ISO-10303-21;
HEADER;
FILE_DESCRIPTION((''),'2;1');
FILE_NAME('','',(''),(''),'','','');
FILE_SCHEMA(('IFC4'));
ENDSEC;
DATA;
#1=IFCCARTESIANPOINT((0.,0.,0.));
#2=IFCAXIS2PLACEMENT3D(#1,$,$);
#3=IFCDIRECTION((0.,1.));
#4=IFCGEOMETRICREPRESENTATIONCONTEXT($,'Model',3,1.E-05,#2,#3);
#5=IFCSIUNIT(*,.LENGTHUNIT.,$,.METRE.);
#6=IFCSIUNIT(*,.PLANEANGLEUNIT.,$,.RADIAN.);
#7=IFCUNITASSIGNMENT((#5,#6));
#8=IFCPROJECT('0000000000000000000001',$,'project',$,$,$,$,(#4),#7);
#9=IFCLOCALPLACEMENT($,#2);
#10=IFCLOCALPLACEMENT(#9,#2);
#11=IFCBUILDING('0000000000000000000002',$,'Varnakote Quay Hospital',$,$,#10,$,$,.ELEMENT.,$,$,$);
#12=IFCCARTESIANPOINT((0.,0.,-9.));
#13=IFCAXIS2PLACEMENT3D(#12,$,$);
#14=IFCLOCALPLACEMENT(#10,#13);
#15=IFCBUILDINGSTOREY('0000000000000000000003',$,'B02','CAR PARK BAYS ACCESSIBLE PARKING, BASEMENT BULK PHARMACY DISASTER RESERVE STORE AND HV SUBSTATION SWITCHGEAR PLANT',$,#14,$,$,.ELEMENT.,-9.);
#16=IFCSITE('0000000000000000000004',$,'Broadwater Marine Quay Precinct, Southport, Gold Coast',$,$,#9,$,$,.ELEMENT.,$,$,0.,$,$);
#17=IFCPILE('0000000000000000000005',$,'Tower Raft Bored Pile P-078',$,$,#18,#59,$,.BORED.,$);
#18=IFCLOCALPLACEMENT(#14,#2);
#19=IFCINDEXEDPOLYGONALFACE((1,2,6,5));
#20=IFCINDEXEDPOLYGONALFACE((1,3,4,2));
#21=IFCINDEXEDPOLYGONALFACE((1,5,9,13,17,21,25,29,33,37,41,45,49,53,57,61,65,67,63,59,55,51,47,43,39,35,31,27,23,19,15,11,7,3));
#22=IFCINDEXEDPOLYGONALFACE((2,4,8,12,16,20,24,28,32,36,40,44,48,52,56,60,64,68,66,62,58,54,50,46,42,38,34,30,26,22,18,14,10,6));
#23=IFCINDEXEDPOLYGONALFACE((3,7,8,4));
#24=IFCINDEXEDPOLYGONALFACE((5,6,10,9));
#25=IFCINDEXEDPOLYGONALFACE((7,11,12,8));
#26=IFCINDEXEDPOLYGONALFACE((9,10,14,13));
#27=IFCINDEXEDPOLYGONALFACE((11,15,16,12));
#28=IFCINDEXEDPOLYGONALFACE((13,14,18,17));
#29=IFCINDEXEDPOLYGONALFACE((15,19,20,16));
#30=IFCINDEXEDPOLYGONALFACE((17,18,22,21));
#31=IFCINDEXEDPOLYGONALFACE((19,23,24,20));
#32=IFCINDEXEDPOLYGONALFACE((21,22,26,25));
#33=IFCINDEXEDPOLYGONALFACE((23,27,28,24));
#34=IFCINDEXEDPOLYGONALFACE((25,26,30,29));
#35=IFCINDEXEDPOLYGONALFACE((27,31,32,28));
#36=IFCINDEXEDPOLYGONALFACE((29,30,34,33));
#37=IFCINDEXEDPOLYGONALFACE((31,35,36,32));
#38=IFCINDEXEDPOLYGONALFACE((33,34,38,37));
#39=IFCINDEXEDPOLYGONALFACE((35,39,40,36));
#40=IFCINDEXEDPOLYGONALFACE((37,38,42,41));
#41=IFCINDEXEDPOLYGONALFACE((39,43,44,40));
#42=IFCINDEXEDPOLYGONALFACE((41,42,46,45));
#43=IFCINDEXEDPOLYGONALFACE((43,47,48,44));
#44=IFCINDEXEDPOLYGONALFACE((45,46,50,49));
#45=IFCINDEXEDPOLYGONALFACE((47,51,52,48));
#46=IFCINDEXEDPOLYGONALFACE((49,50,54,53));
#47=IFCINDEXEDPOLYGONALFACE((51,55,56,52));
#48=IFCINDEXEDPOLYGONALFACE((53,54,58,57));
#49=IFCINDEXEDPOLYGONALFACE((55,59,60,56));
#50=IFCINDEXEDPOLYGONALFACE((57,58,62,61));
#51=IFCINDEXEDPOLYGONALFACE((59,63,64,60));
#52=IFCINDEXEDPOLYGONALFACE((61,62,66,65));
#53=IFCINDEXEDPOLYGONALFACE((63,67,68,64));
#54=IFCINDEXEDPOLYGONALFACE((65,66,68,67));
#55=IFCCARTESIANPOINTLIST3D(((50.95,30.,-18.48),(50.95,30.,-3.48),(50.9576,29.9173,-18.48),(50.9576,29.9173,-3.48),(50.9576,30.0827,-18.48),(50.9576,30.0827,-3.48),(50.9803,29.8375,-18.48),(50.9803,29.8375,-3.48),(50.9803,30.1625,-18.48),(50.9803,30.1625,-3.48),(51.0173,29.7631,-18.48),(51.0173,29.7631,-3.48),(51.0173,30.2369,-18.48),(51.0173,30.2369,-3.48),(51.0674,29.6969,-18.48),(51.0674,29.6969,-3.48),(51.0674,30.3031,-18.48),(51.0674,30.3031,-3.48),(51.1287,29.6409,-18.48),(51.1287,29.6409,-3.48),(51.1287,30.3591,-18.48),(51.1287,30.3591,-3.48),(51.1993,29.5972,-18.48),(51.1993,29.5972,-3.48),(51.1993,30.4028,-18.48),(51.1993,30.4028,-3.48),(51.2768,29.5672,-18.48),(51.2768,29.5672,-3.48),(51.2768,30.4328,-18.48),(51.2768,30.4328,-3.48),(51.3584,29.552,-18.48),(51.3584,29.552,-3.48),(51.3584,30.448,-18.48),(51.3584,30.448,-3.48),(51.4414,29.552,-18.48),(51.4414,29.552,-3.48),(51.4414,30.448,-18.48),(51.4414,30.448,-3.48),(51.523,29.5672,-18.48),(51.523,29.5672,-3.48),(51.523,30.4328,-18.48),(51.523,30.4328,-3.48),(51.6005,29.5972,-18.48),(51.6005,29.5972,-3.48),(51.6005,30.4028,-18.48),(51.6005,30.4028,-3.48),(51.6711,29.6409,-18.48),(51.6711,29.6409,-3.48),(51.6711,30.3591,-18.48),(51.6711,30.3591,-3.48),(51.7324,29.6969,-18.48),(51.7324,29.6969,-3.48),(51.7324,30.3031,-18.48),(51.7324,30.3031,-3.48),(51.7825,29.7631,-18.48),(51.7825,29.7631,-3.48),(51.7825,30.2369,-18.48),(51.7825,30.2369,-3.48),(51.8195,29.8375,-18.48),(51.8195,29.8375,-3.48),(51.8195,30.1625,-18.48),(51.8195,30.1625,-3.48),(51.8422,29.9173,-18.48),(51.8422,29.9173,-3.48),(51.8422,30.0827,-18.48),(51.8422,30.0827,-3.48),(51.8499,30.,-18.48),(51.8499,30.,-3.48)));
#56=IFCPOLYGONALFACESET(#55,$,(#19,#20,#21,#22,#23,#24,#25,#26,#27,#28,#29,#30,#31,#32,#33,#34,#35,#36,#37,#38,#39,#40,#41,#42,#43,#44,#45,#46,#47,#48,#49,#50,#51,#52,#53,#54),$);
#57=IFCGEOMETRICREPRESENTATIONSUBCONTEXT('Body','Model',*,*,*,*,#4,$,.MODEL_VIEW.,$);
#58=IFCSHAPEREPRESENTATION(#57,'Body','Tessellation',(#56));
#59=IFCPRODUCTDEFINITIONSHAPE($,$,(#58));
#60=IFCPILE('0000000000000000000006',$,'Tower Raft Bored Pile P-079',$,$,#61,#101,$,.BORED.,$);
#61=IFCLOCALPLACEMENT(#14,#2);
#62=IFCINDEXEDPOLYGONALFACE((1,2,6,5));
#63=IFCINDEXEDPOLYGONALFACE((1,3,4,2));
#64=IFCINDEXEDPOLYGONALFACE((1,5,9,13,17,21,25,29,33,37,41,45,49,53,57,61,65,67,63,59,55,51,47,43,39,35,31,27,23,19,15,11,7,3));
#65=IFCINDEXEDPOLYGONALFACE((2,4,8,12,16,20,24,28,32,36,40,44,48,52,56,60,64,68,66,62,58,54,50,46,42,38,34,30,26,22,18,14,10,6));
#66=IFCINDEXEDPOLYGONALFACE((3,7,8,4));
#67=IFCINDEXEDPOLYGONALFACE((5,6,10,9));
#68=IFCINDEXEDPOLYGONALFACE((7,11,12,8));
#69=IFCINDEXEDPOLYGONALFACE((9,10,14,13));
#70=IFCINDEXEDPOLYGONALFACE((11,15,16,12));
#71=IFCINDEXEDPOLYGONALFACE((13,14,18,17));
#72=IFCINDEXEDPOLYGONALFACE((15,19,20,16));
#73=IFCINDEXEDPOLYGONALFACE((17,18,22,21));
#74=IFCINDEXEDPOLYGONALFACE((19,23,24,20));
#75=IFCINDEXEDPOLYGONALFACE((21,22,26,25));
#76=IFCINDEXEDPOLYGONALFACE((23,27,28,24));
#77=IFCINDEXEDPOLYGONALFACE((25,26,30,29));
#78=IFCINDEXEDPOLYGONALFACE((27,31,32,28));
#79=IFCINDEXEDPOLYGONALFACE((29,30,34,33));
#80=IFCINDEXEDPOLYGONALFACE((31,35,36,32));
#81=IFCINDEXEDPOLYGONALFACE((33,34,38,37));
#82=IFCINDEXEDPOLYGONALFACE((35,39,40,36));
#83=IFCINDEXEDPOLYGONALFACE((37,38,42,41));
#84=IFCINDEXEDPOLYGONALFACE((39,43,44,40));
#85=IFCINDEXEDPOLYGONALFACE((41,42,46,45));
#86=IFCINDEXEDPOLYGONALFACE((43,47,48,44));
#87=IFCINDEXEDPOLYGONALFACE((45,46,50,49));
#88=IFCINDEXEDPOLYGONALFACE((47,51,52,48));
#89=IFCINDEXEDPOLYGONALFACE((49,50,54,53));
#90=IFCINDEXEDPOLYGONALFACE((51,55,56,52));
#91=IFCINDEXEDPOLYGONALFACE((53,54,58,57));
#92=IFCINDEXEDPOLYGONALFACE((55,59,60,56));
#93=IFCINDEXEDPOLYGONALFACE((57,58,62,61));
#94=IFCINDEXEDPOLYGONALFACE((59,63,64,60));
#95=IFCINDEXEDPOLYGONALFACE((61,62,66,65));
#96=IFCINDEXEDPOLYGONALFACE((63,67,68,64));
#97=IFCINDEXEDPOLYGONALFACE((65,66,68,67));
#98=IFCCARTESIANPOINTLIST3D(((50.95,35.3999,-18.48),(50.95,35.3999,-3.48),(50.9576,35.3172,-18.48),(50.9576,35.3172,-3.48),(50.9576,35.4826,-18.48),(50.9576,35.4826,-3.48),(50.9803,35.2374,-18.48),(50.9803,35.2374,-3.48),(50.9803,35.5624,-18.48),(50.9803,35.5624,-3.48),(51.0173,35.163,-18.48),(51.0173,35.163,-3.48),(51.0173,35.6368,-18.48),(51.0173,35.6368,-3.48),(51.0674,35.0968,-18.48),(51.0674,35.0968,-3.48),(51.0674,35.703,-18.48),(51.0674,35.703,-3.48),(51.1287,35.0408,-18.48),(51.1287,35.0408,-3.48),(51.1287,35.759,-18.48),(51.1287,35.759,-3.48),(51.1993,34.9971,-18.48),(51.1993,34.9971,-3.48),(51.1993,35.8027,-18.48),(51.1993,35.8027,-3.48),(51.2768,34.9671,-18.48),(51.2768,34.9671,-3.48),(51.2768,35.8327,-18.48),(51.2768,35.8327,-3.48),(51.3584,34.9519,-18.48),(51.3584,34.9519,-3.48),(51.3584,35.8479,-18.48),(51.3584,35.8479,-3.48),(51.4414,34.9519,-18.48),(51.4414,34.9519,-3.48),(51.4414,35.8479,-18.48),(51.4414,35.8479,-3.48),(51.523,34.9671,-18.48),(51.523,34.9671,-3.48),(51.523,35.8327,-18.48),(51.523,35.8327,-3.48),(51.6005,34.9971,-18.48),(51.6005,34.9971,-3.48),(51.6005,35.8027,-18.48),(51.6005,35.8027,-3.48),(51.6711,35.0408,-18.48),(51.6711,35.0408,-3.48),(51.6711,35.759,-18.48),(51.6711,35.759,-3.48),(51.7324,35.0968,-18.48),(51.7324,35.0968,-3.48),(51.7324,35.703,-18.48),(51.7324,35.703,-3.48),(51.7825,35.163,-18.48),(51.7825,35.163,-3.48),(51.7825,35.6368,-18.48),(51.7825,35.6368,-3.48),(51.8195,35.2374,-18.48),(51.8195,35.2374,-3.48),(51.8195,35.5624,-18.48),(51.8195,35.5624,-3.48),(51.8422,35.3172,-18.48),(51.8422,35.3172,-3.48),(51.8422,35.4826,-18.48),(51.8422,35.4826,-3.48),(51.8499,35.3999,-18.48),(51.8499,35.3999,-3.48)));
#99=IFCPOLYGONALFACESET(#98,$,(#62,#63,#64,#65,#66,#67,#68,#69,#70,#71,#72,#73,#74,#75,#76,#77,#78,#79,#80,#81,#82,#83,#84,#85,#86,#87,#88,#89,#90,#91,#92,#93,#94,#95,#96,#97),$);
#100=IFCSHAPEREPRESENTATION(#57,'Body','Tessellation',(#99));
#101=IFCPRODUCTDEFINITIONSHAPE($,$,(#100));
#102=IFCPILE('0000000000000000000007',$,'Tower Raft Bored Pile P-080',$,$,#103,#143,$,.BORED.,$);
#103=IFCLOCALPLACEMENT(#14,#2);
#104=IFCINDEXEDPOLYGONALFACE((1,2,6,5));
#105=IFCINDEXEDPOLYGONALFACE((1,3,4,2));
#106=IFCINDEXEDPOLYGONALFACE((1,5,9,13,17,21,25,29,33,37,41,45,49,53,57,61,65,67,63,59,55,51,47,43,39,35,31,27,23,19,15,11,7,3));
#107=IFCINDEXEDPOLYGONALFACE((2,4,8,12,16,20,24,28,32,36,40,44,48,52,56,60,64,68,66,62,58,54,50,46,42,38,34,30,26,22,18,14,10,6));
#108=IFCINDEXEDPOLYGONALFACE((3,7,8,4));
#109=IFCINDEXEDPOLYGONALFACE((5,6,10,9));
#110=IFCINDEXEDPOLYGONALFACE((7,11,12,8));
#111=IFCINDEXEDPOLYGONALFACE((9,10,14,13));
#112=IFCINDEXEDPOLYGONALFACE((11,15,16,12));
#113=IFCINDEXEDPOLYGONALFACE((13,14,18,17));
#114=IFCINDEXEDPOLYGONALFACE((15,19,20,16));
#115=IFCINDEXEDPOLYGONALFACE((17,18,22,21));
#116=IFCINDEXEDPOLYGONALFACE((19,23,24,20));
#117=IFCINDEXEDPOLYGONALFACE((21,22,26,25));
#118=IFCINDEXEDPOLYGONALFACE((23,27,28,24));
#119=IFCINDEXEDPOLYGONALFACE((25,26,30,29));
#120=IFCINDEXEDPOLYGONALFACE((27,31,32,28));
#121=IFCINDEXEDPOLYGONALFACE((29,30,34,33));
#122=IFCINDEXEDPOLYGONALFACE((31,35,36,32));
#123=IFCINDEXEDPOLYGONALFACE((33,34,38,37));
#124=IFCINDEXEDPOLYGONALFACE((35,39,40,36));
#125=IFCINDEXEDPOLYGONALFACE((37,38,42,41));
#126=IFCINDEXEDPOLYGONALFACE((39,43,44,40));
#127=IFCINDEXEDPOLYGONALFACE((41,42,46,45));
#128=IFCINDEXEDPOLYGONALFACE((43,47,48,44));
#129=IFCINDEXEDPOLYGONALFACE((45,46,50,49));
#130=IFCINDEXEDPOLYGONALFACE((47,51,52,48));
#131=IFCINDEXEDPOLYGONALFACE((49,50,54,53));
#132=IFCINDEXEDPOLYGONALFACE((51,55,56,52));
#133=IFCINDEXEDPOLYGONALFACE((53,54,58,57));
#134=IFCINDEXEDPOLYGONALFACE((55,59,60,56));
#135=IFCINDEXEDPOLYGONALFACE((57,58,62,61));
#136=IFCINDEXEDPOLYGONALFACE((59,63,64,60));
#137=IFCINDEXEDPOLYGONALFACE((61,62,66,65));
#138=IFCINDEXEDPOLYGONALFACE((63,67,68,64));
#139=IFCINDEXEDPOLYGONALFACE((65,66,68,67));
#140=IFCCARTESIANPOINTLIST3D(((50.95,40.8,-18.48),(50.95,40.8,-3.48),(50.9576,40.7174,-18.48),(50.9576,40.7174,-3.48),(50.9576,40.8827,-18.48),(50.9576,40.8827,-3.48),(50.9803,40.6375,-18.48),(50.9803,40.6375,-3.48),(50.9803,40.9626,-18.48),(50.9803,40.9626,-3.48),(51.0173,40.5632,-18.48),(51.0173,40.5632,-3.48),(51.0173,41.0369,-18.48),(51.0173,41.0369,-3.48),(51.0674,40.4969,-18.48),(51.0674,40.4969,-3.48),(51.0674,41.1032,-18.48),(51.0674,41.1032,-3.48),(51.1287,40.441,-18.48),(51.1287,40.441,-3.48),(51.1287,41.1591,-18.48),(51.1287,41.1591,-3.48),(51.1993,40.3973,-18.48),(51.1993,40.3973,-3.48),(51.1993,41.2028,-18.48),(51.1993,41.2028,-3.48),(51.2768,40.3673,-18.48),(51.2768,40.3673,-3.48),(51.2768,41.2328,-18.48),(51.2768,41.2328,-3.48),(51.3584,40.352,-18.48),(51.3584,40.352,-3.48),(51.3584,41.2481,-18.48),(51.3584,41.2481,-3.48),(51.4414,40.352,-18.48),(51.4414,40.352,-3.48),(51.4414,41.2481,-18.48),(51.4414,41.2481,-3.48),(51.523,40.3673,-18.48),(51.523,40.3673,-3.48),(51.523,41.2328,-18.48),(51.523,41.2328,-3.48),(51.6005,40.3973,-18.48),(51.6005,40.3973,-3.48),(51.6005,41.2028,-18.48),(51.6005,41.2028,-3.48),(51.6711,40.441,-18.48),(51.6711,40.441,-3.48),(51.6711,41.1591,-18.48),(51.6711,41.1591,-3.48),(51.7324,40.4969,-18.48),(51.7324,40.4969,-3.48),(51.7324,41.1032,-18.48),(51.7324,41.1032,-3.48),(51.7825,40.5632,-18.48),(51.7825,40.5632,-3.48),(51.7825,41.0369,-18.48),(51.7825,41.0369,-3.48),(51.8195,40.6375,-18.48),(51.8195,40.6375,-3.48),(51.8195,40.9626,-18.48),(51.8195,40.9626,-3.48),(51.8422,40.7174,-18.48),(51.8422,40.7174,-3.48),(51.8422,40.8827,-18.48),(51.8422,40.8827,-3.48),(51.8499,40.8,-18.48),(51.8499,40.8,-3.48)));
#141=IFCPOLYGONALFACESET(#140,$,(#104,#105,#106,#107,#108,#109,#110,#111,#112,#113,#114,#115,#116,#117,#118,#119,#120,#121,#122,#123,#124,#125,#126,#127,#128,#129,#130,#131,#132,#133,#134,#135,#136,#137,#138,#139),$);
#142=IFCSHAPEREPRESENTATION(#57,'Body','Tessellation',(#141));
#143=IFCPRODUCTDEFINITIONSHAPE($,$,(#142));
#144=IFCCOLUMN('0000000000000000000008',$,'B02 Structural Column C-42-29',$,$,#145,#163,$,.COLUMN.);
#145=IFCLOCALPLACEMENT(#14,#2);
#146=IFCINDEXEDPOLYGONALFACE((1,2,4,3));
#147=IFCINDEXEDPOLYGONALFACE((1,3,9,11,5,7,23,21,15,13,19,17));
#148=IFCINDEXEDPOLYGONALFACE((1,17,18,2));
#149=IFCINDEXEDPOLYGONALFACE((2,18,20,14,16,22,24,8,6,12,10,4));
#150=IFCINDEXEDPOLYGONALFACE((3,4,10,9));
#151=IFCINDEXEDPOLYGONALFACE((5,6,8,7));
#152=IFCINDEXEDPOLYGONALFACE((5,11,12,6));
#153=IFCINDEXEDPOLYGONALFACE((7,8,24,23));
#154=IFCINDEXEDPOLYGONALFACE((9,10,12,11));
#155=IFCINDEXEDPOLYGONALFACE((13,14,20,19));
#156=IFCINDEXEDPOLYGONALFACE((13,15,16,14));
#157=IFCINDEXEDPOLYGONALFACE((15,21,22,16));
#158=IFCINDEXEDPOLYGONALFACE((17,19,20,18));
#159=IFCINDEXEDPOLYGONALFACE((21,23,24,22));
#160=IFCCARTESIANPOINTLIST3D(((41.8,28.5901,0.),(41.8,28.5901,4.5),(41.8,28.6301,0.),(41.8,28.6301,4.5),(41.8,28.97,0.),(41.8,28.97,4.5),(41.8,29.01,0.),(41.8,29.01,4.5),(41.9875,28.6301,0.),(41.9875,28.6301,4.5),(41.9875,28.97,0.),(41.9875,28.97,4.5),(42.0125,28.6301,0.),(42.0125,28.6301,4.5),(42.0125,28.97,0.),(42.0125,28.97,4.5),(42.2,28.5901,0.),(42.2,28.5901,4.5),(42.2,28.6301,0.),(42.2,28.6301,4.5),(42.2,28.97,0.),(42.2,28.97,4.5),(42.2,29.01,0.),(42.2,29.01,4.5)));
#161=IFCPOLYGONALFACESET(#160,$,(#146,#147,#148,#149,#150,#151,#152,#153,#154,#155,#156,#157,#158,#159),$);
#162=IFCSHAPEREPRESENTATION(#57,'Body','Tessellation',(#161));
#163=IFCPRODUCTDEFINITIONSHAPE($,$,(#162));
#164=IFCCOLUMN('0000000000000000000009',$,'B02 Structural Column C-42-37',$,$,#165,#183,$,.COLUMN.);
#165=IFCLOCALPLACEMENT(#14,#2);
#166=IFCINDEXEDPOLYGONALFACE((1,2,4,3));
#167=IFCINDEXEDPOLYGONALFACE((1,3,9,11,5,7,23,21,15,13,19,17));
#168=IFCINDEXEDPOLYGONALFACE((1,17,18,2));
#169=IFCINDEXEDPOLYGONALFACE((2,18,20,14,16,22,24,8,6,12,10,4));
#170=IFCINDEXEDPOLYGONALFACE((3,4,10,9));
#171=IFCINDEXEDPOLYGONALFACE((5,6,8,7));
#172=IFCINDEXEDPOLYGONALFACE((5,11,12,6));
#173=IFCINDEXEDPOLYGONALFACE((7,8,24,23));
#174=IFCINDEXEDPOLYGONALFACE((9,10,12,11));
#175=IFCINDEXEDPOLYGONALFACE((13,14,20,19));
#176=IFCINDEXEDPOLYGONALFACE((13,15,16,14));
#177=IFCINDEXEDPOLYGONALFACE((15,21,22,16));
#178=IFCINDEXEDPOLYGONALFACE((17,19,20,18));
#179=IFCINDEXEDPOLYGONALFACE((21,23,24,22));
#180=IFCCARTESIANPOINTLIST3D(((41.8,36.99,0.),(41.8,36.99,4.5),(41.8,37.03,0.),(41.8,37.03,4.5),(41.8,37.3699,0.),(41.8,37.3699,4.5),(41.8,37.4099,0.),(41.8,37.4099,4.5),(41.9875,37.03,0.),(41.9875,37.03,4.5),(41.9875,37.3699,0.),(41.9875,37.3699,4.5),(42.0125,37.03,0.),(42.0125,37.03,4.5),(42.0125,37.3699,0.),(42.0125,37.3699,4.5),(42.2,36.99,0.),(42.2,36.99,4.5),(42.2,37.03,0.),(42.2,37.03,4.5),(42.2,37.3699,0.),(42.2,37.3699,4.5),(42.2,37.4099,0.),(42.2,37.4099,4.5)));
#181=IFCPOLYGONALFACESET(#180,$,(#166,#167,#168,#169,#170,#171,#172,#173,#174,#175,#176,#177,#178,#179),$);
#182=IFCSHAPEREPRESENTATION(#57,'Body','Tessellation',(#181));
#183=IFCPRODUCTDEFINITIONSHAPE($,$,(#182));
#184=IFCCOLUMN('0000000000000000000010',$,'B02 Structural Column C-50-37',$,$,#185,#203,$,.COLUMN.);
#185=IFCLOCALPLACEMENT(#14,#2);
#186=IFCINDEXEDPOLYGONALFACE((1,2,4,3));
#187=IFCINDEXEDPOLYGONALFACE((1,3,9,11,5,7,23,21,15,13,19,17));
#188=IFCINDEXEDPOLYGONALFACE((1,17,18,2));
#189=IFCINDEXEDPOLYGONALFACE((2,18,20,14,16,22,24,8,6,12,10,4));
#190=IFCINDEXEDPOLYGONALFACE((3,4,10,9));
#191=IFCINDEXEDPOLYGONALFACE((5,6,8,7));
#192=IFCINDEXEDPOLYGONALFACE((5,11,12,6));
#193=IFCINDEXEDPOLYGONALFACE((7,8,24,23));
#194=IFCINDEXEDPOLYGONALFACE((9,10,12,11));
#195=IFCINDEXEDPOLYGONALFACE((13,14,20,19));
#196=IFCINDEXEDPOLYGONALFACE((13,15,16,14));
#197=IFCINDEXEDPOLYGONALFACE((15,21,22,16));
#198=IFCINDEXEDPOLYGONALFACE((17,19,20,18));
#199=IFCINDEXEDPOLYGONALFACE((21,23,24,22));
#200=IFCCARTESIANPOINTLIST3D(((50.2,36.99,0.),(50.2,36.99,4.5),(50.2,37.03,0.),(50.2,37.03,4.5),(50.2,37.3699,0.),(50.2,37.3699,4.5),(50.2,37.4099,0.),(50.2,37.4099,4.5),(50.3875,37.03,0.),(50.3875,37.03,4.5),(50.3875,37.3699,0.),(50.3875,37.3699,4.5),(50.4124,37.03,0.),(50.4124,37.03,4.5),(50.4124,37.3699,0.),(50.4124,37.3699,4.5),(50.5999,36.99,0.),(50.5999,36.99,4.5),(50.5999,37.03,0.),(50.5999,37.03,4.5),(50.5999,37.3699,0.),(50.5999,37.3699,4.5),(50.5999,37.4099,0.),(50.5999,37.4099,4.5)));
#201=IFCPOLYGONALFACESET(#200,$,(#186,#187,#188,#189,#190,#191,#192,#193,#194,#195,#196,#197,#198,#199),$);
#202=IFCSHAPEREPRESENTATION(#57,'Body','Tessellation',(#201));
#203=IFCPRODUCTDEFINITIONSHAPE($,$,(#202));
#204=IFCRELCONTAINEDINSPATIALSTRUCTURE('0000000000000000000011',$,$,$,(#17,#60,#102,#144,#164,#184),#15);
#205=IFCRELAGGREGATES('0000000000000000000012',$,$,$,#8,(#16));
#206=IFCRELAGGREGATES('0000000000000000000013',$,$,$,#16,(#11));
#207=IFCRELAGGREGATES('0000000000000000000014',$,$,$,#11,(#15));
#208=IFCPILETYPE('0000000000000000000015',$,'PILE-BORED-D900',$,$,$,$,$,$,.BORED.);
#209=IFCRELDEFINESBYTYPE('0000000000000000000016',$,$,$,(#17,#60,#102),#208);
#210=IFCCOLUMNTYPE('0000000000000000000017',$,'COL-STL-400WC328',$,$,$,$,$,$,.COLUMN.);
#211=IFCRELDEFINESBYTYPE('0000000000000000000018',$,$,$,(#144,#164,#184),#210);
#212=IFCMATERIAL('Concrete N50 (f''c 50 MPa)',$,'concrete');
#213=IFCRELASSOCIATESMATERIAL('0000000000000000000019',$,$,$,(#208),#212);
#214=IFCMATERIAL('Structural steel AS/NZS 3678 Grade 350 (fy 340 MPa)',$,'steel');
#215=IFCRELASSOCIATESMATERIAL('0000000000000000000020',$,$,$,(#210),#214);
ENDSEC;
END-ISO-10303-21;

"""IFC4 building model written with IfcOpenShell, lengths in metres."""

from ifc_helpers import new_model, si_unit, direction, frame, origin, origin_2d, place, context, subcontext, project, spatial, circle, i_section, extrude, material, material_profile, profile_set, type_object, element, save


model = new_model("IFC4")

# Units and contexts
model_context = context("Model", 3, precision=1e-05, world=origin(), true_north=direction((0.0, 1.0)))
body_context = subcontext(model_context, "Body", "Model", "MODEL_VIEW")
ifc_project = project(units=[si_unit("LENGTHUNIT", "METRE"), si_unit("PLANEANGLEUNIT", "RADIAN")], contexts=[model_context])

# Site, building, storey
site_placement = place(None, origin())
site = spatial("IfcSite", under=ifc_project, at=site_placement, Name="Broadwater Marine Quay Precinct, Southport, Gold Coast", CompositionType="ELEMENT", RefElevation=0.0)
building_placement = place(site_placement, origin())
building = spatial("IfcBuilding", under=site, at=building_placement, Name="Varnakote Quay Hospital", CompositionType="ELEMENT")
storey_placement = place(building_placement, frame((0.0, 0.0, -9.0)))
storey = spatial("IfcBuildingStorey", under=building, at=storey_placement, Name="B02", Description="CAR PARK BAYS ACCESSIBLE PARKING, BASEMENT BULK PHARMACY DISASTER RESERVE STORE AND HV SUBSTATION SWITCHGEAR PLANT", CompositionType="ELEMENT", Elevation=-9.0)

# Piles
ifc_material_1 = material(Name="Concrete N50 (f'c 50 MPa)", Category="concrete")
ifc_material_profile_1 = material_profile(ifc_material_1, circle(Radius=0.45, at=origin_2d()), Name="PILE-D900")
ifc_profile_set_1 = profile_set([ifc_material_profile_1], Name="Concrete N50 (f'c 50 MPa)")
pile_type_1 = type_object("IfcPileType", Name="PILE-BORED-D900", PredefinedType="BORED", material=ifc_profile_set_1)
for number, where, z_axis, x_axis, name in (
    (1, (51.3999, 30.0, -3.48), (0.0, 0.0, -1.0), (1.0, 0.0, 0.0), "Tower Raft Bored Pile P-078"),
    (2, (51.3999, 35.3999, -3.48), (0.0, 0.0, -1.0), (1.0, 0.0, 0.0), "Tower Raft Bored Pile P-079"),
    (3, (51.3999, 40.8, -3.48), (0.0, 0.0, -1.0), (1.0, 0.0, 0.0), "Tower Raft Bored Pile P-080"),
):
    element("IfcPile", number, at=place(storey_placement, frame(where, z_axis=z_axis, x_axis=x_axis)), inside=storey, type_object=pile_type_1, Name=name, PredefinedType="BORED", context=body_context, shape_type="SweptSolid", body=[
        extrude(circle(Radius=0.45, at=origin_2d()), origin(), (0.0, 0.0, 1.0), 15.0),
    ])

# Columns
ifc_material_2 = material(Name="Structural steel AS/NZS 3678 Grade 350 (fy 340 MPa)", Category="steel")
ifc_material_profile_2 = material_profile(ifc_material_2, i_section(OverallWidth=0.3999, OverallDepth=0.4199, WebThickness=0.0249, FlangeThickness=0.04, at=origin_2d()), Name="400WC328")
ifc_profile_set_2 = profile_set([ifc_material_profile_2], Name="Structural steel AS/NZS 3678 Grade 350 (fy 340 MPa)")
column_type_1 = type_object("IfcColumnType", Name="COL-STL-400WC328", PredefinedType="COLUMN", material=ifc_profile_set_2)
for number, where, z_axis, x_axis, name in (
    (4, (42.0, 28.8, 0.0), (0.0, 0.0, 1.0), (1.0, 0.0, 0.0), "B02 Structural Column C-42-29"),
    (5, (42.0, 37.2, 0.0), (0.0, 0.0, 1.0), (1.0, 0.0, 0.0), "B02 Structural Column C-42-37"),
    (6, (50.3999, 37.2, 0.0), (0.0, 0.0, 1.0), (1.0, 0.0, 0.0), "B02 Structural Column C-50-37"),
):
    element("IfcColumn", number, at=place(storey_placement, frame(where, z_axis=z_axis, x_axis=x_axis)), inside=storey, type_object=column_type_1, Name=name, PredefinedType="COLUMN", context=body_context, shape_type="SweptSolid", body=[
        extrude(i_section(OverallWidth=0.3999, OverallDepth=0.4199, WebThickness=0.0249, FlangeThickness=0.04, at=origin_2d()), origin(), (0.0, 0.0, 1.0), 4.5),
    ])

save(model, "model.ifc")
